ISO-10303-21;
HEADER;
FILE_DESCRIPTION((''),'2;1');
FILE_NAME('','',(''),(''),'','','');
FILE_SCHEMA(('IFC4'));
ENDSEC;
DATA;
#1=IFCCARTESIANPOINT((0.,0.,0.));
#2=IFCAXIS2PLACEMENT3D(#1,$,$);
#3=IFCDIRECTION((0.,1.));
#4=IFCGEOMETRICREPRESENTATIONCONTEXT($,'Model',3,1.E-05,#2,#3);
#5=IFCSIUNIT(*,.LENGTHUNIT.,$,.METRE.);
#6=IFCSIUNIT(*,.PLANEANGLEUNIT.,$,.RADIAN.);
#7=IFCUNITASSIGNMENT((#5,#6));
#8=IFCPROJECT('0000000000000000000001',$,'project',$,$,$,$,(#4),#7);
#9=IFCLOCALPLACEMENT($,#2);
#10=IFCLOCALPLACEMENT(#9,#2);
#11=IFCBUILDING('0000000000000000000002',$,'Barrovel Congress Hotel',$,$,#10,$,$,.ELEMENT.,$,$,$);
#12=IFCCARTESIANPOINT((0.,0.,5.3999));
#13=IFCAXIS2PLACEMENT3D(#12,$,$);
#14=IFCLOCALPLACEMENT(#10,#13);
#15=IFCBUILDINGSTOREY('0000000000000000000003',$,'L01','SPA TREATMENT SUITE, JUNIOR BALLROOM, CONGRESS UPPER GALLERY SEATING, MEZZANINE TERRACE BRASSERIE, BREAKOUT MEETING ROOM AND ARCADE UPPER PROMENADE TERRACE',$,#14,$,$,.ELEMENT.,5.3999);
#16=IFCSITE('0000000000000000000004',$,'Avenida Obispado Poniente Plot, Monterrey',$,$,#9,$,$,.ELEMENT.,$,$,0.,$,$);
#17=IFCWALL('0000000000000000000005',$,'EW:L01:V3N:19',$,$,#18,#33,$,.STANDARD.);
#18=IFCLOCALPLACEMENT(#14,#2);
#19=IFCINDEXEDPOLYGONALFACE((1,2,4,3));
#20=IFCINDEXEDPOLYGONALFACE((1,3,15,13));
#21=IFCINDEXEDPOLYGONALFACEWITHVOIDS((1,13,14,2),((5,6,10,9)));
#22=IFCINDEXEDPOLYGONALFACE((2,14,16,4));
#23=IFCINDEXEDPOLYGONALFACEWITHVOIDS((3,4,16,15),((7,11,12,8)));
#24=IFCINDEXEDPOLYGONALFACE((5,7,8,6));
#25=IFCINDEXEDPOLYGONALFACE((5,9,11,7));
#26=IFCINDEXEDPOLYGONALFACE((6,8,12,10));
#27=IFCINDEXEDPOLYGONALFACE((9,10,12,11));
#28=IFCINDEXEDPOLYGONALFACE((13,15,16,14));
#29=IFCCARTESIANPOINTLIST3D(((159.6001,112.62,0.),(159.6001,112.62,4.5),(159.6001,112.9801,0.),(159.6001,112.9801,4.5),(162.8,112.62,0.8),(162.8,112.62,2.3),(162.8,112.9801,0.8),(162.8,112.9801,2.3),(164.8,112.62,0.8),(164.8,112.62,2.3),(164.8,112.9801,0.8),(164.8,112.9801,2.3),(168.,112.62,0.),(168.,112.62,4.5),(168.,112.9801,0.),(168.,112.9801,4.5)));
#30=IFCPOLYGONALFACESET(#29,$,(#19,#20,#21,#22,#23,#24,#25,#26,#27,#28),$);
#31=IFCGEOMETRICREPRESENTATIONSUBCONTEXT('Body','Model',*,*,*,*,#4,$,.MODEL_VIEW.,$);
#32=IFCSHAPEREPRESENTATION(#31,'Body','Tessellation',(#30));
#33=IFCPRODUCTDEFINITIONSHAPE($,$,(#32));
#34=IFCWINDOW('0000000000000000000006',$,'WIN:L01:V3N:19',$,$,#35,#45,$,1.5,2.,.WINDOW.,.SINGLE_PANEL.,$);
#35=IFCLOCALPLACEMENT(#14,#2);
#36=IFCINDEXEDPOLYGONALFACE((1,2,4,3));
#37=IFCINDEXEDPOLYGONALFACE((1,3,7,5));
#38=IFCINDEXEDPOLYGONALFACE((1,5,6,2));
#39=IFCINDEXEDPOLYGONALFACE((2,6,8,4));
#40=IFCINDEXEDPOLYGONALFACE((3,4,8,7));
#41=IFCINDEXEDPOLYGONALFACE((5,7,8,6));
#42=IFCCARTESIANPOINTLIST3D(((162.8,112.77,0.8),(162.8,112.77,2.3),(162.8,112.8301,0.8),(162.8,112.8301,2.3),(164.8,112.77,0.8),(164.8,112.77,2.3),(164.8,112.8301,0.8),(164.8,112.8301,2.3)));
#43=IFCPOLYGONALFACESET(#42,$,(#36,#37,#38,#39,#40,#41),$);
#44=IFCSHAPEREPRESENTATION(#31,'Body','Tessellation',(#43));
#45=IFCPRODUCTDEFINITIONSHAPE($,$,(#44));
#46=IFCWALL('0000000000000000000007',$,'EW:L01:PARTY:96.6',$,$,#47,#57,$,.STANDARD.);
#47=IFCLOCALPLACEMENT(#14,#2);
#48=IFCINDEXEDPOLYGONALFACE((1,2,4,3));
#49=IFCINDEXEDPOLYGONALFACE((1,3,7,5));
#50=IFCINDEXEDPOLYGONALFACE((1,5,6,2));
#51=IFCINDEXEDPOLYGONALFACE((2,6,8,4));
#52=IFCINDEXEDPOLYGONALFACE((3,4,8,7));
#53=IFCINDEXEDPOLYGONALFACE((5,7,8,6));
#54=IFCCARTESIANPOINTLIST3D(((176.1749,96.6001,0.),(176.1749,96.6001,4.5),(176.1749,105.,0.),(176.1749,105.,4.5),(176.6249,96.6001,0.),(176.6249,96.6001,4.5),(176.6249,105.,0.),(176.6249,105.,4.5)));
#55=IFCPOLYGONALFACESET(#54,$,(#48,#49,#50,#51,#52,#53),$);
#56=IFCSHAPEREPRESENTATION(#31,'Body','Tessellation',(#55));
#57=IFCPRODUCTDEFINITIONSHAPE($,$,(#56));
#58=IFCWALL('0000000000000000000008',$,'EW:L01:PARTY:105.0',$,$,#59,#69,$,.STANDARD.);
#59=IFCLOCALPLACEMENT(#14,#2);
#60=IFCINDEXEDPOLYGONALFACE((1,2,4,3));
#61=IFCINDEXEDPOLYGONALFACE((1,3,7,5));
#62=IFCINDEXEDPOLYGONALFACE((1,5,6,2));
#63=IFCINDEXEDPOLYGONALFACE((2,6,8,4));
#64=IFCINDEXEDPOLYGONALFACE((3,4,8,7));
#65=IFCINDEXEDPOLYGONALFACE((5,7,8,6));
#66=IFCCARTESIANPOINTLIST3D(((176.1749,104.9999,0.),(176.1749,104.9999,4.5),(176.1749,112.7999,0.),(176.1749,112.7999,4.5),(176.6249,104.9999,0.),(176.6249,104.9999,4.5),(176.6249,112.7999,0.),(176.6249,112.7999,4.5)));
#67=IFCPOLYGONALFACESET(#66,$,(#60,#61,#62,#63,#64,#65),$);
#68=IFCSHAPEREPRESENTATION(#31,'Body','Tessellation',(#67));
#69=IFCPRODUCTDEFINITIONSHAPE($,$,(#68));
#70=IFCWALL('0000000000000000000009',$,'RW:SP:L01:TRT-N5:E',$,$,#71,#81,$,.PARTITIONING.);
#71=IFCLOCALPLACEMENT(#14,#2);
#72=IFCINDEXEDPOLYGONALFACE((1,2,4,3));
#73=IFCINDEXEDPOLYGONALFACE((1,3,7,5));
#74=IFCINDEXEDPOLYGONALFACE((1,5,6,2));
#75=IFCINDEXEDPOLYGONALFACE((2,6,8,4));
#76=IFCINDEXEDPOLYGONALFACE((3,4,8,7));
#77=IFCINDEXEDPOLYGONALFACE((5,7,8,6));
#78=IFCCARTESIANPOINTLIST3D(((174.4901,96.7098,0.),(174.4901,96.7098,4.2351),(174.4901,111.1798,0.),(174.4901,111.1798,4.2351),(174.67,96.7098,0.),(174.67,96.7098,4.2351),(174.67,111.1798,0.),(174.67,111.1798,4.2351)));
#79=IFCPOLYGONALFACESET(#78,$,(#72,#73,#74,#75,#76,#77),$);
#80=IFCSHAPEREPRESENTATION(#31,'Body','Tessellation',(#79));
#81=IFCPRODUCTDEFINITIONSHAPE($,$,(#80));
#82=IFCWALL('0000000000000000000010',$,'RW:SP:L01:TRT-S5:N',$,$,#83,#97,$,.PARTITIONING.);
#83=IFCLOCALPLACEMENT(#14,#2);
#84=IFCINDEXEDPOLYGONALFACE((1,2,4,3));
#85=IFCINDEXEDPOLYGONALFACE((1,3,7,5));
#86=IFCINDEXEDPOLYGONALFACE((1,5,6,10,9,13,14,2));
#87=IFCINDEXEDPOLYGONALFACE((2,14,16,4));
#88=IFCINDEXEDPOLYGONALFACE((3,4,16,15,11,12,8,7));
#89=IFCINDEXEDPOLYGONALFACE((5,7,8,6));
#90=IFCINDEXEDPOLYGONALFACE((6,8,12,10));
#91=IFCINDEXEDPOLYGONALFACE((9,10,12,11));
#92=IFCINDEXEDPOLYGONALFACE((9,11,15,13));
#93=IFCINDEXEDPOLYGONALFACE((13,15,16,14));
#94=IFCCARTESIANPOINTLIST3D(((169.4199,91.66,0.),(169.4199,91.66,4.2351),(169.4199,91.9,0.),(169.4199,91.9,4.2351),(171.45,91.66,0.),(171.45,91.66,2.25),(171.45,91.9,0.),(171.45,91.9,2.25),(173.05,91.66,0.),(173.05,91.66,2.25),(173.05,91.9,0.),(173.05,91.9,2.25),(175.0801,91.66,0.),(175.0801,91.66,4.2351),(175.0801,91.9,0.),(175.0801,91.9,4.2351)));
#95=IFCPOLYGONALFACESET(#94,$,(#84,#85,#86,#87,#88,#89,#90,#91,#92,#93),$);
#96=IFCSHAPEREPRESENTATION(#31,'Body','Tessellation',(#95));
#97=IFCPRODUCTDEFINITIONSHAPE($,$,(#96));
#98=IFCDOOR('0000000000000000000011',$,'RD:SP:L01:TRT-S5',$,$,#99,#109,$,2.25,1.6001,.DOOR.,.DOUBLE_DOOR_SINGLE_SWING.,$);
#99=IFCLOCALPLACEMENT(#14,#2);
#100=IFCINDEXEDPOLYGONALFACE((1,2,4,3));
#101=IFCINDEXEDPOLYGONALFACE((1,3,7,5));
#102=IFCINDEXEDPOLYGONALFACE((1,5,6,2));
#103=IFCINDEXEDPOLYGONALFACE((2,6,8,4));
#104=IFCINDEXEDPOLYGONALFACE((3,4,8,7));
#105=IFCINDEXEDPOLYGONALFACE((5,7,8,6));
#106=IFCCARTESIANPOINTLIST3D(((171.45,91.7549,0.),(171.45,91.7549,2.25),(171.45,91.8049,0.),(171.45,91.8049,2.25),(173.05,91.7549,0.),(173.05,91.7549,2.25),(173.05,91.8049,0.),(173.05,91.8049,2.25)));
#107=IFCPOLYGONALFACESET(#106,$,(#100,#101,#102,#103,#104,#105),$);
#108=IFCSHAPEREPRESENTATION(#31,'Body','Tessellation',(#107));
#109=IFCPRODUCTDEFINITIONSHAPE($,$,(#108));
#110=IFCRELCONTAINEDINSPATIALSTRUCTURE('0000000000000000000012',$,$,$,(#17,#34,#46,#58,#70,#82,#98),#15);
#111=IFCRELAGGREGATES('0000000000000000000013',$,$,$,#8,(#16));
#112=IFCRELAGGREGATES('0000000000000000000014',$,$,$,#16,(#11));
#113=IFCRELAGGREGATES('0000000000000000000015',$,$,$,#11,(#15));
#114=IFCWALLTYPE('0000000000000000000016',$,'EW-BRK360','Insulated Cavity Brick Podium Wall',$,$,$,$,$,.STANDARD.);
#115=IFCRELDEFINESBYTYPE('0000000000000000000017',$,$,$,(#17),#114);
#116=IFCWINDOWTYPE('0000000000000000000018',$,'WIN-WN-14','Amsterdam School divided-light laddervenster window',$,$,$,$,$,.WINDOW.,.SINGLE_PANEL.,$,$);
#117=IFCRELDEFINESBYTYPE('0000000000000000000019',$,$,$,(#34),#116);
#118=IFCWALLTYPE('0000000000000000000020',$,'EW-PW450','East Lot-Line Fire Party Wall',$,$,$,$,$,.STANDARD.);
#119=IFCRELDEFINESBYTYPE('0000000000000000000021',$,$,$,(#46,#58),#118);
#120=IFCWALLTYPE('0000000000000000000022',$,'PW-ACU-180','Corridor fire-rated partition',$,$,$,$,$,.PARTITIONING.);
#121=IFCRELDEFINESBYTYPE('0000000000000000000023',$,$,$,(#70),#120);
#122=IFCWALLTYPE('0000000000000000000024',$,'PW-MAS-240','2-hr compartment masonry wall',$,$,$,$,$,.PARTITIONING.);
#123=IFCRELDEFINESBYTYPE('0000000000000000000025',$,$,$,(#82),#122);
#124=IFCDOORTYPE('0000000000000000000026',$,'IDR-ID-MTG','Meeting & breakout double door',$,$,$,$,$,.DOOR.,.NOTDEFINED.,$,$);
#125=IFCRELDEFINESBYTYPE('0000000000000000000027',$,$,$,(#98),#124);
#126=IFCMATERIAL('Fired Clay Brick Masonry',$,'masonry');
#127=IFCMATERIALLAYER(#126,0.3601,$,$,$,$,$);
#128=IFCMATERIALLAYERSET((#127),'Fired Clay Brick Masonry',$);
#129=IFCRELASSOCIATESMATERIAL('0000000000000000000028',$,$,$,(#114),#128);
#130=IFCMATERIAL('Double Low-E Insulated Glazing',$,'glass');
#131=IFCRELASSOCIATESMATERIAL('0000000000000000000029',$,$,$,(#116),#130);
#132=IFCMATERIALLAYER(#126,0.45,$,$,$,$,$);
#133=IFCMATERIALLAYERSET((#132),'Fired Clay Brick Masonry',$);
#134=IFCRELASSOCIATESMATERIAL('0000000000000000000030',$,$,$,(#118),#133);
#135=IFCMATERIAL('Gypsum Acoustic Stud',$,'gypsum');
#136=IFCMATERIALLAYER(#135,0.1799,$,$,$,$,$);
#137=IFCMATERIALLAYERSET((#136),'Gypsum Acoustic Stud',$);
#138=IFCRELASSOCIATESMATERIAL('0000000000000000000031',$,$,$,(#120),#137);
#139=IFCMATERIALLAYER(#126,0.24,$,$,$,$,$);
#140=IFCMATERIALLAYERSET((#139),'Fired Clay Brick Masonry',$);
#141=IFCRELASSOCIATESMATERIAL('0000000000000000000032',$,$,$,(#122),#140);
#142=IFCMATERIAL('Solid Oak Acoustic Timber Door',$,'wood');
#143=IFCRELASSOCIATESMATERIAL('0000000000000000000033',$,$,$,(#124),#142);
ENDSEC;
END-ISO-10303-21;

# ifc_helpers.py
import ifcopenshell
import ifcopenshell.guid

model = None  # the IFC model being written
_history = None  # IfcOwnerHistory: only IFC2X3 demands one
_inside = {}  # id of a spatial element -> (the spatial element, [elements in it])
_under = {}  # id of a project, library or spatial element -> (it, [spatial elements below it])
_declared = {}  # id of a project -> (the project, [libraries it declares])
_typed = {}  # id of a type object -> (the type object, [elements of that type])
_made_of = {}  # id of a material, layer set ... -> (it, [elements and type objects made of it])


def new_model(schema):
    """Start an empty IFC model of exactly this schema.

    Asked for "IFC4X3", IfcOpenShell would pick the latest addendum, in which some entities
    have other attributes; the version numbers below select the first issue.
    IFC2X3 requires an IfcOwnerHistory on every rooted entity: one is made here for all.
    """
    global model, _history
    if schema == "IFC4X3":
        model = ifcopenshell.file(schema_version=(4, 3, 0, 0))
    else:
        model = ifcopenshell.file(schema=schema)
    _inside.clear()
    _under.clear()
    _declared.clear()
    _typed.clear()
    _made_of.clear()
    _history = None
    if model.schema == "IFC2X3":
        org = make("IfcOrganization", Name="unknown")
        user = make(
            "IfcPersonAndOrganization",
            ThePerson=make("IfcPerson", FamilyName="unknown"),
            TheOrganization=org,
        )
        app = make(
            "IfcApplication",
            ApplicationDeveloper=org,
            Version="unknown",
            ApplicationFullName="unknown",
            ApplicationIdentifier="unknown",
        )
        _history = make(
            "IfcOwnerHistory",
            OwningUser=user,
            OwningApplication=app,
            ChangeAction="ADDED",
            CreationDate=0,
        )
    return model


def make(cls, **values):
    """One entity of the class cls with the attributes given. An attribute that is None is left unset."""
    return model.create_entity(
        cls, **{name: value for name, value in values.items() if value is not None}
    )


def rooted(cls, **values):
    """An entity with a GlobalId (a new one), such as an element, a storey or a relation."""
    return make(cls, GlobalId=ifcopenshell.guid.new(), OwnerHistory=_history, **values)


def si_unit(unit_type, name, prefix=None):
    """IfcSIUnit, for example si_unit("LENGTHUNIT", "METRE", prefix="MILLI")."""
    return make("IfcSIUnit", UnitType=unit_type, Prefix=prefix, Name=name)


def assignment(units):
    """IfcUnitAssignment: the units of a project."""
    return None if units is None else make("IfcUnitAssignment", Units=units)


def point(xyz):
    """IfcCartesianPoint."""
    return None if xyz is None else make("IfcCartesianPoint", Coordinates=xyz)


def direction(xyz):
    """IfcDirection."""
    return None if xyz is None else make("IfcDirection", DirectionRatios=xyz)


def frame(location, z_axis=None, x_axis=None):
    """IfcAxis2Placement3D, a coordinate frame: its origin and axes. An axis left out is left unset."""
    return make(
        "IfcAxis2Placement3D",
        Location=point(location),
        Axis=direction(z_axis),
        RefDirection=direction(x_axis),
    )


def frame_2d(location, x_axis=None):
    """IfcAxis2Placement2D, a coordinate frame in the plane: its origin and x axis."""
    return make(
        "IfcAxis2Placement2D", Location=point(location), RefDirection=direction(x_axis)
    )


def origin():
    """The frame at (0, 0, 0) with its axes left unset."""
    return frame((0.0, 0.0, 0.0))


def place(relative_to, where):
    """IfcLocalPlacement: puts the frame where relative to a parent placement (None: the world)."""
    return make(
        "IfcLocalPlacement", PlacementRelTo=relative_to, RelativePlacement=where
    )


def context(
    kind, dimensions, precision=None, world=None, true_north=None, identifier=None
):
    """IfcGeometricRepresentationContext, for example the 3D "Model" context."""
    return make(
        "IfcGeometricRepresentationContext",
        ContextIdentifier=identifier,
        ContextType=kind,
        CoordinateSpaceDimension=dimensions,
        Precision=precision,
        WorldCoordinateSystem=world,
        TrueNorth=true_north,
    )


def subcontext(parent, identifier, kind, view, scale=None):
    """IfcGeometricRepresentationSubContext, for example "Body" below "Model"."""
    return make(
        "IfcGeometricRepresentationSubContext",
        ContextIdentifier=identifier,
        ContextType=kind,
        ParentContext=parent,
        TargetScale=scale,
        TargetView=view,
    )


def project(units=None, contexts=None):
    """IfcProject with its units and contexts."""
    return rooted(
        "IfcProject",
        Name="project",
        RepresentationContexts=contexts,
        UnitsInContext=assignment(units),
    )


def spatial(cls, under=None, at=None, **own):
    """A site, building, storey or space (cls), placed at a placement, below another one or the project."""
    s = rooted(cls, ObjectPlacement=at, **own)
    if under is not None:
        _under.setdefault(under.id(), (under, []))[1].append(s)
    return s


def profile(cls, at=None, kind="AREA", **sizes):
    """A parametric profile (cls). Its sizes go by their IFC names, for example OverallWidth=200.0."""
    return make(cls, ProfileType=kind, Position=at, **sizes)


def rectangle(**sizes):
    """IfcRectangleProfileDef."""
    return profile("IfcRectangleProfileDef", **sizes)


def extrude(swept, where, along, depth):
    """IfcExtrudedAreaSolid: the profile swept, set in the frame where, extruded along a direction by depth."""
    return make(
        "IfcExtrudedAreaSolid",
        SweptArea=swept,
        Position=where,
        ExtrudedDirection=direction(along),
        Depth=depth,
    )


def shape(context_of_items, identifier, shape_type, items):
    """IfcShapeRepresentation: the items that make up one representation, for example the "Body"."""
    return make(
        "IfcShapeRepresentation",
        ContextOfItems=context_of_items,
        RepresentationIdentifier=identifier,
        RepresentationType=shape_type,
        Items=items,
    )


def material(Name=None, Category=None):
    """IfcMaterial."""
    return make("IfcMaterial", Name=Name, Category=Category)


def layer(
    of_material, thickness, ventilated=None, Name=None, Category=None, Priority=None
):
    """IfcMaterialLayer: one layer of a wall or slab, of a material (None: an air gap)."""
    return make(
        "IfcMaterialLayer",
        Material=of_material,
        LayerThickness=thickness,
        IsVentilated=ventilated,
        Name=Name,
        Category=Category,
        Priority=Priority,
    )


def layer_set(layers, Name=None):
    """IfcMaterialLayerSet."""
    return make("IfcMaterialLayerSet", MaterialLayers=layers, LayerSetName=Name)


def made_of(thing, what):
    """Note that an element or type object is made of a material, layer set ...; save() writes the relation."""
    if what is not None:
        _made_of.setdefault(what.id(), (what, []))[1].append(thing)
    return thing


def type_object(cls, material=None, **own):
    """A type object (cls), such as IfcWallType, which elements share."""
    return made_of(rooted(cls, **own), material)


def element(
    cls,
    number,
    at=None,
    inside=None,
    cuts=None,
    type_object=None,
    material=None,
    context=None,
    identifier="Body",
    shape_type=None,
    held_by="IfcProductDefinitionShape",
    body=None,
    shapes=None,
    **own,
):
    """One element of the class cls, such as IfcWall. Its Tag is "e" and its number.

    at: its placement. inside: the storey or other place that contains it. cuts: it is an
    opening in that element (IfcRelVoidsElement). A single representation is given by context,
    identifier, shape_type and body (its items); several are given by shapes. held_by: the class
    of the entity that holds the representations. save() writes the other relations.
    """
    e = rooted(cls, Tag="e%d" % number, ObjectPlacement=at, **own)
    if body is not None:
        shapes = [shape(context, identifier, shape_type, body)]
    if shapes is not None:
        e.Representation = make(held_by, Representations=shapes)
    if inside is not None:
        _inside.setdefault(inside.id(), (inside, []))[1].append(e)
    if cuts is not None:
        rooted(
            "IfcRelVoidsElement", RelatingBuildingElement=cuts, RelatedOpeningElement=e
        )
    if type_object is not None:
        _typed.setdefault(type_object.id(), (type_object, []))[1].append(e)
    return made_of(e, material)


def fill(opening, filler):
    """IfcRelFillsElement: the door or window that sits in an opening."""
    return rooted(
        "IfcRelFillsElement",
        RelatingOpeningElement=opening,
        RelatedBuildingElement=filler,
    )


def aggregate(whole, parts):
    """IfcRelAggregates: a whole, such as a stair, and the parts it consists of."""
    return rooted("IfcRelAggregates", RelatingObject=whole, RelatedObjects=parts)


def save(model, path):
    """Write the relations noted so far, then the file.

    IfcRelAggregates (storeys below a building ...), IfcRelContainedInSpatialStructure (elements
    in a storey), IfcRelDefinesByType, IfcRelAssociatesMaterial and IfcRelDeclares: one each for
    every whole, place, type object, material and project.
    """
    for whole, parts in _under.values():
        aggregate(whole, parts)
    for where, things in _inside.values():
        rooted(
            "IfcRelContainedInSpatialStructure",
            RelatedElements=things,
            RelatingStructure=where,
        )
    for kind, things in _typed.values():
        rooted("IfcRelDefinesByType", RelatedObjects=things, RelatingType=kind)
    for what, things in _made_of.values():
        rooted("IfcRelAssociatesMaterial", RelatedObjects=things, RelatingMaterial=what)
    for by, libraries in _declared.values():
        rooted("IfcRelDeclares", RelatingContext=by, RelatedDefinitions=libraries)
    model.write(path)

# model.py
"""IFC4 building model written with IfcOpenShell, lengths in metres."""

from ifc_helpers import new_model, si_unit, direction, frame, frame_2d, origin, place, context, subcontext, project, spatial, rectangle, extrude, material, layer, layer_set, type_object, element, fill, save


model = new_model("IFC4")

# Units and contexts
model_context = context("Model", 3, precision=1e-05, world=origin(), true_north=direction((0.0, 1.0)))
body_context = subcontext(model_context, "Body", "Model", "MODEL_VIEW")
ifc_project = project(units=[si_unit("LENGTHUNIT", "METRE"), si_unit("PLANEANGLEUNIT", "RADIAN")], contexts=[model_context])

# Site, building, storey
site_placement = place(None, origin())
site = spatial("IfcSite", under=ifc_project, at=site_placement, Name="Avenida Obispado Poniente Plot, Monterrey", CompositionType="ELEMENT", RefElevation=0.0)
building_placement = place(site_placement, origin())
building = spatial("IfcBuilding", under=site, at=building_placement, Name="Barrovel Congress Hotel", CompositionType="ELEMENT")
storey_placement = place(building_placement, frame((0.0, 0.0, 5.3999)))
storey = spatial("IfcBuildingStorey", under=building, at=storey_placement, Name="L01", Description="SPA TREATMENT SUITE, JUNIOR BALLROOM, CONGRESS UPPER GALLERY SEATING, MEZZANINE TERRACE BRASSERIE, BREAKOUT MEETING ROOM AND ARCADE UPPER PROMENADE TERRACE", CompositionType="ELEMENT", Elevation=5.3999)

# Wall, opening, window
ifc_material_1 = material(Name="Fired Clay Brick Masonry", Category="masonry")
ifc_layer_1 = layer(ifc_material_1, 0.3601)
ifc_layer_set_1 = layer_set([ifc_layer_1], Name="Fired Clay Brick Masonry")
wall_type_1 = type_object("IfcWallType", Name="EW-BRK360", Description="Insulated Cavity Brick Podium Wall", PredefinedType="STANDARD", material=ifc_layer_set_1)
ifc_material_2 = material(Name="Double Low-E Insulated Glazing", Category="glass")
wall_1_placement = place(storey_placement, frame((168.0, 112.8, 0.0), z_axis=(0.0, 0.0, 1.0), x_axis=(-1.0, 0.0, 0.0)))
wall_1 = element("IfcWall", 1, at=wall_1_placement, inside=storey, type_object=wall_type_1, Name="EW:L01:V3N:19", PredefinedType="STANDARD", context=body_context, shape_type="SweptSolid", body=[
    extrude(rectangle(XDim=8.3999, YDim=0.3601, at=frame_2d((4.2, 0.0))), origin(), (0.0, 0.0, 1.0), 4.5),
])
opening_1_placement = place(wall_1_placement, frame((3.2, 0.0, 0.8)))
opening_1 = element("IfcOpeningElement", 2, at=opening_1_placement, cuts=wall_1, PredefinedType="OPENING", context=body_context, shape_type="SweptSolid", body=[
    extrude(rectangle(XDim=2.0, YDim=1.5, at=frame_2d((1.0, 0.75))), frame((0.0, 0.1899, 0.0), z_axis=(0.0, -1.0, 0.0), x_axis=(1.0, 0.0, 0.0)), (0.0, 0.0, 1.0), 0.3801),
])
window_type_1 = type_object("IfcWindowType", Name="WIN-WN-14", Description="Amsterdam School divided-light laddervenster window", PartitioningType="SINGLE_PANEL", PredefinedType="WINDOW", material=ifc_material_2)
window_1_placement = place(opening_1_placement, origin())
window_1 = element("IfcWindow", 3, at=window_1_placement, inside=storey, type_object=window_type_1, Name="WIN:L01:V3N:19", OverallHeight=1.5, OverallWidth=2.0, PartitioningType="SINGLE_PANEL", PredefinedType="WINDOW", context=body_context, shape_type="SweptSolid", body=[
    extrude(rectangle(XDim=2.0, YDim=1.5, at=frame_2d((1.0, 0.75))), frame((0.0, 0.03, 0.0), z_axis=(0.0, -1.0, 0.0), x_axis=(1.0, 0.0, 0.0)), (0.0, 0.0, 1.0), 0.0601),
])
fill(opening_1, window_1)

# Walls
ifc_layer_2 = layer(ifc_material_1, 0.45)
ifc_layer_set_2 = layer_set([ifc_layer_2], Name="Fired Clay Brick Masonry")
wall_type_2 = type_object("IfcWallType", Name="EW-PW450", Description="East Lot-Line Fire Party Wall", PredefinedType="STANDARD", material=ifc_layer_set_2)
wall_2_placement = place(storey_placement, frame((176.3999, 96.6001, 0.0), z_axis=(0.0, 0.0, 1.0), x_axis=(0.0, 1.0, 0.0)))
element("IfcWall", 4, at=wall_2_placement, inside=storey, type_object=wall_type_2, Name="EW:L01:PARTY:96.6", PredefinedType="STANDARD", context=body_context, shape_type="SweptSolid", body=[
    extrude(rectangle(XDim=8.3999, YDim=0.45, at=frame_2d((4.2, 0.0))), origin(), (0.0, 0.0, 1.0), 4.5),
])
wall_3_placement = place(storey_placement, frame((176.3999, 105.0, 0.0), z_axis=(0.0, 0.0, 1.0), x_axis=(0.0, 1.0, 0.0)))
element("IfcWall", 5, at=wall_3_placement, inside=storey, type_object=wall_type_2, Name="EW:L01:PARTY:105.0", PredefinedType="STANDARD", context=body_context, shape_type="SweptSolid", body=[
    extrude(rectangle(XDim=7.8, YDim=0.45, at=frame_2d((3.8999, 0.0))), origin(), (0.0, 0.0, 1.0), 4.5),
])
ifc_material_3 = material(Name="Gypsum Acoustic Stud", Category="gypsum")
ifc_layer_3 = layer(ifc_material_3, 0.1799)
ifc_layer_set_3 = layer_set([ifc_layer_3], Name="Gypsum Acoustic Stud")
wall_type_3 = type_object("IfcWallType", Name="PW-ACU-180", Description="Corridor fire-rated partition", PredefinedType="PARTITIONING", material=ifc_layer_set_3)
wall_4_placement = place(storey_placement, frame((174.5801, 96.71, 0.0), z_axis=(0.0, 0.0, 1.0), x_axis=(0.0, 1.0, 0.0)))
element("IfcWall", 6, at=wall_4_placement, inside=storey, type_object=wall_type_3, Name="RW:SP:L01:TRT-N5:E", PredefinedType="PARTITIONING", context=body_context, shape_type="SweptSolid", body=[
    extrude(rectangle(XDim=14.47, YDim=0.1799, at=frame_2d((7.2349, 0.0))), origin(), (0.0, 0.0, 1.0), 4.2351),
])

# Wall, opening, door
ifc_layer_4 = layer(ifc_material_1, 0.24)
ifc_layer_set_4 = layer_set([ifc_layer_4], Name="Fired Clay Brick Masonry")
wall_type_4 = type_object("IfcWallType", Name="PW-MAS-240", Description="2-hr compartment masonry wall", PredefinedType="PARTITIONING", material=ifc_layer_set_4)
wall_5_placement = place(storey_placement, frame((169.4199, 91.78, 0.0), z_axis=(0.0, 0.0, 1.0), x_axis=(1.0, 0.0, 0.0)))
wall_5 = element("IfcWall", 7, at=wall_5_placement, inside=storey, type_object=wall_type_4, Name="RW:SP:L01:TRT-S5:N", PredefinedType="PARTITIONING", context=body_context, shape_type="SweptSolid", body=[
    extrude(rectangle(XDim=5.6602, YDim=0.24, at=frame_2d((2.8301, 0.0))), origin(), (0.0, 0.0, 1.0), 4.2351),
])
opening_2_placement = place(wall_5_placement, frame((2.03, 0.0, 0.0)))
opening_2 = element("IfcOpeningElement", 8, at=opening_2_placement, cuts=wall_5, PredefinedType="OPENING", context=body_context, shape_type="SweptSolid", body=[
    extrude(rectangle(XDim=1.6001, YDim=2.25, at=frame_2d((0.8, 1.125))), frame((0.0, 0.1299, 0.0), z_axis=(0.0, -1.0, 0.0), x_axis=(1.0, 0.0, 0.0)), (0.0, 0.0, 1.0), 0.26),
])
ifc_material_4 = material(Name="Solid Oak Acoustic Timber Door", Category="wood")
door_type = type_object("IfcDoorType", Name="IDR-ID-MTG", Description="Meeting & breakout double door", OperationType="NOTDEFINED", PredefinedType="DOOR", material=ifc_material_4)
door_placement = place(opening_2_placement, origin())
door = element("IfcDoor", 9, at=door_placement, inside=storey, type_object=door_type, Name="RD:SP:L01:TRT-S5", OperationType="DOUBLE_DOOR_SINGLE_SWING", OverallHeight=2.25, OverallWidth=1.6001, PredefinedType="DOOR", context=body_context, shape_type="SweptSolid", body=[
    extrude(rectangle(XDim=1.6001, YDim=2.25, at=frame_2d((0.8, 1.125))), frame((0.0, 0.0249, 0.0), z_axis=(0.0, -1.0, 0.0), x_axis=(1.0, 0.0, 0.0)), (0.0, 0.0, 1.0), 0.05),
])
fill(opening_2, door)

save(model, "model.ifc")
